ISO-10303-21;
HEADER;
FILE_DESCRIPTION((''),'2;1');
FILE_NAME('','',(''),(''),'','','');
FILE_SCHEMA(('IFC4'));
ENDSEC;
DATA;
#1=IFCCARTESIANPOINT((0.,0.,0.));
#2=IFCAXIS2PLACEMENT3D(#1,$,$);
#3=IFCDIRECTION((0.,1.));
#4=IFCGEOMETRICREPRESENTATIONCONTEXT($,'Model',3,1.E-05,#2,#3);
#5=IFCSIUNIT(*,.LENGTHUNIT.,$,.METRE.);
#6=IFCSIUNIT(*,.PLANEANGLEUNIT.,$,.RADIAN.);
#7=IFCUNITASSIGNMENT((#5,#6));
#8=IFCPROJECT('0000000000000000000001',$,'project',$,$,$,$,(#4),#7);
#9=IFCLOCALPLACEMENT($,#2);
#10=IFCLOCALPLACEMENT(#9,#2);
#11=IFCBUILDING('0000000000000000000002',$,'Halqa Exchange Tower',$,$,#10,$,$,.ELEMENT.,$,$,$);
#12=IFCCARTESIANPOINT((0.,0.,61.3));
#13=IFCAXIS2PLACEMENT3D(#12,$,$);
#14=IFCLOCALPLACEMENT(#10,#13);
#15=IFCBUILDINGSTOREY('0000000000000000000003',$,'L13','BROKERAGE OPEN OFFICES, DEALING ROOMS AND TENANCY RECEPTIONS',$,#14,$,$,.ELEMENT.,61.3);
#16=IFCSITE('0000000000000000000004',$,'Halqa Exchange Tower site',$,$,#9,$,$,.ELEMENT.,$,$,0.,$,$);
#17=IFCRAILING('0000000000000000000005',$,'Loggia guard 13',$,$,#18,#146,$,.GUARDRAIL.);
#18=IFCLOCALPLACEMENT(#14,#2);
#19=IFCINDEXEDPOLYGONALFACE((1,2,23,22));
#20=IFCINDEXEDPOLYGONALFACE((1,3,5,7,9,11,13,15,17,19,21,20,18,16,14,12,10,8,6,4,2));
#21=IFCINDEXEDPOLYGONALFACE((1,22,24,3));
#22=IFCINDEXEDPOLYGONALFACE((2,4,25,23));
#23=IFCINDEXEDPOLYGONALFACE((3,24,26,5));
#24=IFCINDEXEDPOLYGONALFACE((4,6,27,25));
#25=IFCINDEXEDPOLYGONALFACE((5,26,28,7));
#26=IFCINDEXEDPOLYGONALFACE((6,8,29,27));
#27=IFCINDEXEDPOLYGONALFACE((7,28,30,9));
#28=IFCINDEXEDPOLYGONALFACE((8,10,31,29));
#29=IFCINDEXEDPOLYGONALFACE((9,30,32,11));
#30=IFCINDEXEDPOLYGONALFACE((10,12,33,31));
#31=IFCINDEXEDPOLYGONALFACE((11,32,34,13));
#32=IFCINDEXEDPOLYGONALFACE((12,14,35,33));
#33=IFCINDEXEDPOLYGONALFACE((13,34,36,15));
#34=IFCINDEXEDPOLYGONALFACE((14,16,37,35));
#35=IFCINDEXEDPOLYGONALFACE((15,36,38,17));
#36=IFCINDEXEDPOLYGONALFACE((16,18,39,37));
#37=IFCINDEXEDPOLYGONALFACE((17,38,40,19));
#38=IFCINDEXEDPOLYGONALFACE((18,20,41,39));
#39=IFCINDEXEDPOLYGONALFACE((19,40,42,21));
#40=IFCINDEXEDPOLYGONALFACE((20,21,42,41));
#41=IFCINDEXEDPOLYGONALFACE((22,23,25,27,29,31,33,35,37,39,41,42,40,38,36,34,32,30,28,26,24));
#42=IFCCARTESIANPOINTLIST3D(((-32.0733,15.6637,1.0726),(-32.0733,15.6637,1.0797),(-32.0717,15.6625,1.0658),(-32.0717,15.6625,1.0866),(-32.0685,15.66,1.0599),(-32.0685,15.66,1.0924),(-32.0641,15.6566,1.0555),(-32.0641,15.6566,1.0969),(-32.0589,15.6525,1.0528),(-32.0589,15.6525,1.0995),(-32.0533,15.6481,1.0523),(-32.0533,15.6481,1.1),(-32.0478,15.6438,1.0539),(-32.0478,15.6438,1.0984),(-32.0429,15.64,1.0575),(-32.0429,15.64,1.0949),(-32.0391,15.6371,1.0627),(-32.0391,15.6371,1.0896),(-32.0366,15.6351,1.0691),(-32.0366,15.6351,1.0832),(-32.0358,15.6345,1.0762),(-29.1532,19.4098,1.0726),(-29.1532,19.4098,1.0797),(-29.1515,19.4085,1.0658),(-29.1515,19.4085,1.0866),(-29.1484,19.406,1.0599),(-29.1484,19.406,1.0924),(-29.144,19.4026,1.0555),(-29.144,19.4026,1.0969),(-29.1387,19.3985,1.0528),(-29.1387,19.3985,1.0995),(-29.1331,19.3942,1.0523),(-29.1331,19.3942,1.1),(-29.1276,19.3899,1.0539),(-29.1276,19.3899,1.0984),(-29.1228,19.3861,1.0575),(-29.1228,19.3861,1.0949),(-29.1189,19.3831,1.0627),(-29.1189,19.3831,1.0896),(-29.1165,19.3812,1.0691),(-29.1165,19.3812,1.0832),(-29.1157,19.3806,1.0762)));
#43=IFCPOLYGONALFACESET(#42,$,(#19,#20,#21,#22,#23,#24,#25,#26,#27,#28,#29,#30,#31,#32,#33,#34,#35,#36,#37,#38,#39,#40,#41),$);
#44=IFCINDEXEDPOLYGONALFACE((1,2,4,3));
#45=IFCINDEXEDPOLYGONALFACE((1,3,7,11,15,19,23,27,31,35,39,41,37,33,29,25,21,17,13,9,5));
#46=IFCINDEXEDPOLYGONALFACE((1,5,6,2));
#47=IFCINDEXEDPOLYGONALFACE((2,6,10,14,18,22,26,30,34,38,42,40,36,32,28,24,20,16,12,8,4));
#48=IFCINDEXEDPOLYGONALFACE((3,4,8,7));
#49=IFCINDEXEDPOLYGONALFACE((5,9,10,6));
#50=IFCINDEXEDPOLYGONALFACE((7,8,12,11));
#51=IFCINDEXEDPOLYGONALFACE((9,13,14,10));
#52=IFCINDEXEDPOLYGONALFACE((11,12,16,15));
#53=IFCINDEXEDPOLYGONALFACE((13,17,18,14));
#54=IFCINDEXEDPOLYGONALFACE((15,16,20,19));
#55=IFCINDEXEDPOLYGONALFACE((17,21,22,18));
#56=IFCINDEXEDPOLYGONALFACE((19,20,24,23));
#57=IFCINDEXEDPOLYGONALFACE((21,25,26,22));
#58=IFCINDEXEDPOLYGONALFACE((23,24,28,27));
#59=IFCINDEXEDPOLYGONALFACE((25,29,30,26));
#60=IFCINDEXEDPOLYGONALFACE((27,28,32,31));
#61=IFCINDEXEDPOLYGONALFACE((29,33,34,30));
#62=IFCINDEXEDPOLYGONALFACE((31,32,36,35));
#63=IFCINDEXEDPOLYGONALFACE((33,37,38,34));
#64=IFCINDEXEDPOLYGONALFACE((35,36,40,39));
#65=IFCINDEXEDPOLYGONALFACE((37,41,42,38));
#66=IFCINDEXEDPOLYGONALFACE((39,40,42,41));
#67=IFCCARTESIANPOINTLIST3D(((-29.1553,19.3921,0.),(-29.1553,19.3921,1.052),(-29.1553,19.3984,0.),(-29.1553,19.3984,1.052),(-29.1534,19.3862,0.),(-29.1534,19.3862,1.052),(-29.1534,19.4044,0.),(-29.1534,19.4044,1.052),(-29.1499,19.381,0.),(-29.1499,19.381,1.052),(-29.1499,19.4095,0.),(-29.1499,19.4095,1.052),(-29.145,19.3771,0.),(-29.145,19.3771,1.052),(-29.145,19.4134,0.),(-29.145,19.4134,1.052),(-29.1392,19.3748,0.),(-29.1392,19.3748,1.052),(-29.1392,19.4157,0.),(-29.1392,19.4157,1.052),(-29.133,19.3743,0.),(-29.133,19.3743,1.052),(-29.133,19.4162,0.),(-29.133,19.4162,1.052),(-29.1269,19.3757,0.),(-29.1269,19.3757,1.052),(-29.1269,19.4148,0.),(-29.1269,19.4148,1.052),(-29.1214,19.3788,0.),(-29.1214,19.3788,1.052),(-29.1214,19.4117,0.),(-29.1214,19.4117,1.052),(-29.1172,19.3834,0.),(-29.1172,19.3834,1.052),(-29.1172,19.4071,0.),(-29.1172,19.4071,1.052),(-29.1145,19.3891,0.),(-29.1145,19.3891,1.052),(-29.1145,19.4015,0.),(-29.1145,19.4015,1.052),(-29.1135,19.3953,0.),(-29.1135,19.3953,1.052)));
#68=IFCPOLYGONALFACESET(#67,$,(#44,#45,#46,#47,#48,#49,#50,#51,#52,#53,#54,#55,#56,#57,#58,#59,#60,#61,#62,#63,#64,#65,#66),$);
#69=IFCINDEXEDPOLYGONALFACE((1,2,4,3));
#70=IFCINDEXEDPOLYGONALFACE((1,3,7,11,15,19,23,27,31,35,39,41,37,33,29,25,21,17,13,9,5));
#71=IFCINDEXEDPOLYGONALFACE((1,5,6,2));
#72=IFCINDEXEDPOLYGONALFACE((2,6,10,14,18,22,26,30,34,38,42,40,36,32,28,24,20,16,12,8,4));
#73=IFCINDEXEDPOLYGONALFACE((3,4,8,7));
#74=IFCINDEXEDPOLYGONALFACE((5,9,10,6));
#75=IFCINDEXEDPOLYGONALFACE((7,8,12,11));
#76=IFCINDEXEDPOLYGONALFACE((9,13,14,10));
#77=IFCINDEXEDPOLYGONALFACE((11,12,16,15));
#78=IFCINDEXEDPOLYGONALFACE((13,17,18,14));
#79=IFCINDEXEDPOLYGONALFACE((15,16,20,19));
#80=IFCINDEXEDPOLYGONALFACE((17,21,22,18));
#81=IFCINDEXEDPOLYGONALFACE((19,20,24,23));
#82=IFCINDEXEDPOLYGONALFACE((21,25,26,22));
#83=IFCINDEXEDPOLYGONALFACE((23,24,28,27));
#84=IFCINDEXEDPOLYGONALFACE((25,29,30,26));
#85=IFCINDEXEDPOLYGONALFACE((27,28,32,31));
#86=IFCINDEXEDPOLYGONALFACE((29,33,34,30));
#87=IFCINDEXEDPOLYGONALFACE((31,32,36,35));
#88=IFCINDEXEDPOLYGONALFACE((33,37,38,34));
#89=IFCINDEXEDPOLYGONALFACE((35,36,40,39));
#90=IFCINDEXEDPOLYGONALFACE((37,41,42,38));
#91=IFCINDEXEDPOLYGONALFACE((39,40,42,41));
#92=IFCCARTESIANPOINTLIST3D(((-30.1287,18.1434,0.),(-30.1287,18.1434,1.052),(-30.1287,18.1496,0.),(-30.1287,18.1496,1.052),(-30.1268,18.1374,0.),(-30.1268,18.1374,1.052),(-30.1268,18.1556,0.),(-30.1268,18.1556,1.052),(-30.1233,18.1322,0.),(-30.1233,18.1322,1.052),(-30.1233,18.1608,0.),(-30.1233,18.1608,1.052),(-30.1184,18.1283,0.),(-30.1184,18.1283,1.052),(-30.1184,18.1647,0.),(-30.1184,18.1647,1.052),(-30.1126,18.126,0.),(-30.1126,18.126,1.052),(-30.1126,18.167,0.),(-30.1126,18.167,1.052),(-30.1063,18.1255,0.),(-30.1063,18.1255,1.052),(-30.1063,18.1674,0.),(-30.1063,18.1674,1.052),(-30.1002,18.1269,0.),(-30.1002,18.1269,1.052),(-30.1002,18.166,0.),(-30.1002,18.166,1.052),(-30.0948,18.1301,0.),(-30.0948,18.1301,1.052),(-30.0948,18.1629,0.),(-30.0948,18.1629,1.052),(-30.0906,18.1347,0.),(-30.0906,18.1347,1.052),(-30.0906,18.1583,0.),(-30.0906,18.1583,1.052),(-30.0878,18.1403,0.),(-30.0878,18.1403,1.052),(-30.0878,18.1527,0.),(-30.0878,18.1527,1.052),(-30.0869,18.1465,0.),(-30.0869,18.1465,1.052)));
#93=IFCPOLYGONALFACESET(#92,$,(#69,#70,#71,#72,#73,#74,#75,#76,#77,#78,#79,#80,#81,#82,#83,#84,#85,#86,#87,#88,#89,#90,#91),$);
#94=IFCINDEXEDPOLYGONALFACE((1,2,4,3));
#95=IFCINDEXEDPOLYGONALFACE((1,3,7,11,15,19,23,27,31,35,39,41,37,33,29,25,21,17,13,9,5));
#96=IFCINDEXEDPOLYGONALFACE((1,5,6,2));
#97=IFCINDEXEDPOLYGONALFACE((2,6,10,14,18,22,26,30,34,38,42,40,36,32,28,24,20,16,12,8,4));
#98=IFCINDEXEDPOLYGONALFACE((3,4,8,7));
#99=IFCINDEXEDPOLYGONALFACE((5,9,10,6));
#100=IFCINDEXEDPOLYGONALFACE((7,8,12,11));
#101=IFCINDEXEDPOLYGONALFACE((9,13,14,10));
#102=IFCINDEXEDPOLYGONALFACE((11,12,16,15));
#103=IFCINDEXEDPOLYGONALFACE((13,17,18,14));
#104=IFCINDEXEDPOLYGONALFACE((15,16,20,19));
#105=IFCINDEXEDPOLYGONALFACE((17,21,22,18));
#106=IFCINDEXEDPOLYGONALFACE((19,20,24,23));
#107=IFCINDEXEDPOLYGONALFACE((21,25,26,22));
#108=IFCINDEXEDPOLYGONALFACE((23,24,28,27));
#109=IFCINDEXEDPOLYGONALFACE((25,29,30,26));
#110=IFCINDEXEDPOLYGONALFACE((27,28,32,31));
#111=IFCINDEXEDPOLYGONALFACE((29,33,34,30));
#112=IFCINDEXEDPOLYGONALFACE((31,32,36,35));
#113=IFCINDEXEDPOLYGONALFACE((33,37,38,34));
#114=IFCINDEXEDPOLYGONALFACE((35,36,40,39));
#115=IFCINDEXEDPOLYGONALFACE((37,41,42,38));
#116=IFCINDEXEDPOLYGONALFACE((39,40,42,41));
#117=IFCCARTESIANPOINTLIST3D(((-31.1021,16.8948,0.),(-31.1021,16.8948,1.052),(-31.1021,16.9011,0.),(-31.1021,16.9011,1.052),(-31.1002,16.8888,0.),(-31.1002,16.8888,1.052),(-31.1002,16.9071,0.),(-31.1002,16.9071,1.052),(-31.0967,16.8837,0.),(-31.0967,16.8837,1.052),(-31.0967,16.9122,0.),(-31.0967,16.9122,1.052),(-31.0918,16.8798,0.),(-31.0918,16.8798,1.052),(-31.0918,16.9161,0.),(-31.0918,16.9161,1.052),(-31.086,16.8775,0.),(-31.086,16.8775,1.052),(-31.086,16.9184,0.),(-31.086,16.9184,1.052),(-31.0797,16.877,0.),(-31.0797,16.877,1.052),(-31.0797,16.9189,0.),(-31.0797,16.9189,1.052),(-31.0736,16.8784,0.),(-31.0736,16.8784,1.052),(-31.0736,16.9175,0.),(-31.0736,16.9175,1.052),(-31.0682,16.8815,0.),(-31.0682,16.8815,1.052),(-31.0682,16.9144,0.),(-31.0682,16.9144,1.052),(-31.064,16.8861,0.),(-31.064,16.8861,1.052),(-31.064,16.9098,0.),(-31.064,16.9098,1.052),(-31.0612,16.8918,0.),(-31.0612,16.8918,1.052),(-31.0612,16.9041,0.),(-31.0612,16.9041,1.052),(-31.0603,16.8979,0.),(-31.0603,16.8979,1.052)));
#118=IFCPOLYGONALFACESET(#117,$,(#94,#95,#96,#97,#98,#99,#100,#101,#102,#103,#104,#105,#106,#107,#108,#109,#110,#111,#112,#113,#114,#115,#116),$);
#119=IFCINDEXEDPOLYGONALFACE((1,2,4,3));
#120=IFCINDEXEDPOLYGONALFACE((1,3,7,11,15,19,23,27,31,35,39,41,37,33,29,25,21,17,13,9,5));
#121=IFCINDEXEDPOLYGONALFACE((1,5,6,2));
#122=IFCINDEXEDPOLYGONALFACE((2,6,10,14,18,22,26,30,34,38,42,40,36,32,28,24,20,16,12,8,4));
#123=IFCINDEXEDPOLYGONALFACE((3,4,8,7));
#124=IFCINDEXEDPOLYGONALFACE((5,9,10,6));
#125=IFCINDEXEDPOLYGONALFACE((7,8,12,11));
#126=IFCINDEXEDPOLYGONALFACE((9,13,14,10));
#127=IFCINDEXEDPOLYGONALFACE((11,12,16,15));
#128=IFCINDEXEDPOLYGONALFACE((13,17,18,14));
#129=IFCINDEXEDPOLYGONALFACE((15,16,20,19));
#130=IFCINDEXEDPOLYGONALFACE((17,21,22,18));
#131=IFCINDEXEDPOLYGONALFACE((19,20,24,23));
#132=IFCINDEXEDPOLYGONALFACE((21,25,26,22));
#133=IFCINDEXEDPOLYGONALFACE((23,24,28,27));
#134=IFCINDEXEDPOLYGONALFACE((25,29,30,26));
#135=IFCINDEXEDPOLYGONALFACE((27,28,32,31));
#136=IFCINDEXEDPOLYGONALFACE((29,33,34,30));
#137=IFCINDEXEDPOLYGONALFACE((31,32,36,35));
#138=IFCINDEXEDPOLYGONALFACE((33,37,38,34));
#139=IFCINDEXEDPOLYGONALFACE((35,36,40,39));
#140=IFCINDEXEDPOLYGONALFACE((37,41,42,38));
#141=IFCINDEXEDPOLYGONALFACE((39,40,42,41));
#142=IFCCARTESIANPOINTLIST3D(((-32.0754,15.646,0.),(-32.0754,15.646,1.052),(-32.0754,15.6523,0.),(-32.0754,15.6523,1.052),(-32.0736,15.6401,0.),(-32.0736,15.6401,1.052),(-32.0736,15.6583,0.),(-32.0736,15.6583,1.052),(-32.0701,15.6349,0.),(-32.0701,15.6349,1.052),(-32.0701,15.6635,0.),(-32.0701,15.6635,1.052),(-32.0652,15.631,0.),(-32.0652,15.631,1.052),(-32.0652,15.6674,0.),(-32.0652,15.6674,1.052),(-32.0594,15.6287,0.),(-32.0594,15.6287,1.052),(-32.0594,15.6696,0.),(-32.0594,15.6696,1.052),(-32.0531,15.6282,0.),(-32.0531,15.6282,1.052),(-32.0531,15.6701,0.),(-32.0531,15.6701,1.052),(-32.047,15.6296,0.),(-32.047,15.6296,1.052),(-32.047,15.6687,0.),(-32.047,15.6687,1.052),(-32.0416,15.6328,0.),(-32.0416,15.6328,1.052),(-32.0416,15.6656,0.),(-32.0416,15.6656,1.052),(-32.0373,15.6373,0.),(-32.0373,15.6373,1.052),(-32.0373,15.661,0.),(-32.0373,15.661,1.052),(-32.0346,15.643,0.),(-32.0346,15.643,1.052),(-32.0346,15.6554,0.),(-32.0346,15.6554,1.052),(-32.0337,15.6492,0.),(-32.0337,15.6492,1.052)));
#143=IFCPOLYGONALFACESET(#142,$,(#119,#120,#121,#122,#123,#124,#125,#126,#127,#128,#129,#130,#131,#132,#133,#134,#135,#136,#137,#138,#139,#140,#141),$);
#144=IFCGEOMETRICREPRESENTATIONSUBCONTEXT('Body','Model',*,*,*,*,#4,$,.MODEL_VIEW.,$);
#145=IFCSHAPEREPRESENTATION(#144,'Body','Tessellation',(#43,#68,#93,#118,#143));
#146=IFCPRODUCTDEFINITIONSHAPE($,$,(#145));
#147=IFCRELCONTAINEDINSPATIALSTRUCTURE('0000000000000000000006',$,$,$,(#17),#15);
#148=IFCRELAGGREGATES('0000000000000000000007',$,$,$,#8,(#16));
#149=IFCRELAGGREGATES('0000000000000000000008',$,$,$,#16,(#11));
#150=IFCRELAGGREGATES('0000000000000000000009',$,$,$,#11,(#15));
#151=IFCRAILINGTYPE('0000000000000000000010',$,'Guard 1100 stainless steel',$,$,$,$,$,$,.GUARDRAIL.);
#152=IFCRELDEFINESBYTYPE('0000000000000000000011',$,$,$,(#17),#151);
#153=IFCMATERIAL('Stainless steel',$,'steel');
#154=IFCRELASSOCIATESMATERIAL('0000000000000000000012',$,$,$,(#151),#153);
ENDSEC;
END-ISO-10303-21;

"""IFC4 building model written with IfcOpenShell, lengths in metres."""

from ifc_helpers import new_model, si_unit, direction, frame, origin, origin_2d, place, context, subcontext, project, spatial, circle, extrude, material, type_object, element, save


model = new_model("IFC4")

# Units and contexts
model_context = context("Model", 3, precision=1e-05, world=origin(), true_north=direction((0.0, 1.0)))
body_context = subcontext(model_context, "Body", "Model", "MODEL_VIEW")
ifc_project = project(units=[si_unit("LENGTHUNIT", "METRE"), si_unit("PLANEANGLEUNIT", "RADIAN")], contexts=[model_context])

# Site, building, storey
site_placement = place(None, origin())
site = spatial("IfcSite", under=ifc_project, at=site_placement, Name="Halqa Exchange Tower site", CompositionType="ELEMENT", RefElevation=0.0)
building_placement = place(site_placement, origin())
building = spatial("IfcBuilding", under=site, at=building_placement, Name="Halqa Exchange Tower", CompositionType="ELEMENT")
storey_placement = place(building_placement, frame((0.0, 0.0, 61.3)))
storey = spatial("IfcBuildingStorey", under=building, at=storey_placement, Name="L13", Description="BROKERAGE OPEN OFFICES, DEALING ROOMS AND TENANCY RECEPTIONS", CompositionType="ELEMENT", Elevation=61.3)

# Railing
ifc_material_1 = material(Name="Stainless steel", Category="steel")
railing_type = type_object("IfcRailingType", Name="Guard 1100 stainless steel", PredefinedType="GUARDRAIL", material=ifc_material_1)
railing_1_placement = place(storey_placement, frame((-29.1345, 19.3953, 0.0)))
element("IfcRailing", 1, at=railing_1_placement, inside=storey, type_object=railing_type, Name="Loggia guard 13", PredefinedType="GUARDRAIL", context=body_context, shape_type="SweptSolid", body=[
    extrude(circle(Radius=0.0239, at=origin_2d()), frame((0.0, 0.0, 1.0762), z_axis=(-0.614798, -0.788685, 0.0), x_axis=(0.788685, -0.614798, 0.0)), (0.0, 0.0, 1.0), 4.7498),
    extrude(circle(Radius=0.021, at=origin_2d()), origin(), (0.0, 0.0, 1.0), 1.052),
    extrude(circle(Radius=0.021, at=origin_2d()), frame((-0.9734, -1.2488, 0.0)), (0.0, 0.0, 1.0), 1.052),
    extrude(circle(Radius=0.021, at=origin_2d()), frame((-1.9468, -2.4973, 0.0)), (0.0, 0.0, 1.0), 1.052),
    extrude(circle(Radius=0.021, at=origin_2d()), frame((-2.9202, -3.7461, 0.0)), (0.0, 0.0, 1.0), 1.052),
])

save(model, "model.ifc")
